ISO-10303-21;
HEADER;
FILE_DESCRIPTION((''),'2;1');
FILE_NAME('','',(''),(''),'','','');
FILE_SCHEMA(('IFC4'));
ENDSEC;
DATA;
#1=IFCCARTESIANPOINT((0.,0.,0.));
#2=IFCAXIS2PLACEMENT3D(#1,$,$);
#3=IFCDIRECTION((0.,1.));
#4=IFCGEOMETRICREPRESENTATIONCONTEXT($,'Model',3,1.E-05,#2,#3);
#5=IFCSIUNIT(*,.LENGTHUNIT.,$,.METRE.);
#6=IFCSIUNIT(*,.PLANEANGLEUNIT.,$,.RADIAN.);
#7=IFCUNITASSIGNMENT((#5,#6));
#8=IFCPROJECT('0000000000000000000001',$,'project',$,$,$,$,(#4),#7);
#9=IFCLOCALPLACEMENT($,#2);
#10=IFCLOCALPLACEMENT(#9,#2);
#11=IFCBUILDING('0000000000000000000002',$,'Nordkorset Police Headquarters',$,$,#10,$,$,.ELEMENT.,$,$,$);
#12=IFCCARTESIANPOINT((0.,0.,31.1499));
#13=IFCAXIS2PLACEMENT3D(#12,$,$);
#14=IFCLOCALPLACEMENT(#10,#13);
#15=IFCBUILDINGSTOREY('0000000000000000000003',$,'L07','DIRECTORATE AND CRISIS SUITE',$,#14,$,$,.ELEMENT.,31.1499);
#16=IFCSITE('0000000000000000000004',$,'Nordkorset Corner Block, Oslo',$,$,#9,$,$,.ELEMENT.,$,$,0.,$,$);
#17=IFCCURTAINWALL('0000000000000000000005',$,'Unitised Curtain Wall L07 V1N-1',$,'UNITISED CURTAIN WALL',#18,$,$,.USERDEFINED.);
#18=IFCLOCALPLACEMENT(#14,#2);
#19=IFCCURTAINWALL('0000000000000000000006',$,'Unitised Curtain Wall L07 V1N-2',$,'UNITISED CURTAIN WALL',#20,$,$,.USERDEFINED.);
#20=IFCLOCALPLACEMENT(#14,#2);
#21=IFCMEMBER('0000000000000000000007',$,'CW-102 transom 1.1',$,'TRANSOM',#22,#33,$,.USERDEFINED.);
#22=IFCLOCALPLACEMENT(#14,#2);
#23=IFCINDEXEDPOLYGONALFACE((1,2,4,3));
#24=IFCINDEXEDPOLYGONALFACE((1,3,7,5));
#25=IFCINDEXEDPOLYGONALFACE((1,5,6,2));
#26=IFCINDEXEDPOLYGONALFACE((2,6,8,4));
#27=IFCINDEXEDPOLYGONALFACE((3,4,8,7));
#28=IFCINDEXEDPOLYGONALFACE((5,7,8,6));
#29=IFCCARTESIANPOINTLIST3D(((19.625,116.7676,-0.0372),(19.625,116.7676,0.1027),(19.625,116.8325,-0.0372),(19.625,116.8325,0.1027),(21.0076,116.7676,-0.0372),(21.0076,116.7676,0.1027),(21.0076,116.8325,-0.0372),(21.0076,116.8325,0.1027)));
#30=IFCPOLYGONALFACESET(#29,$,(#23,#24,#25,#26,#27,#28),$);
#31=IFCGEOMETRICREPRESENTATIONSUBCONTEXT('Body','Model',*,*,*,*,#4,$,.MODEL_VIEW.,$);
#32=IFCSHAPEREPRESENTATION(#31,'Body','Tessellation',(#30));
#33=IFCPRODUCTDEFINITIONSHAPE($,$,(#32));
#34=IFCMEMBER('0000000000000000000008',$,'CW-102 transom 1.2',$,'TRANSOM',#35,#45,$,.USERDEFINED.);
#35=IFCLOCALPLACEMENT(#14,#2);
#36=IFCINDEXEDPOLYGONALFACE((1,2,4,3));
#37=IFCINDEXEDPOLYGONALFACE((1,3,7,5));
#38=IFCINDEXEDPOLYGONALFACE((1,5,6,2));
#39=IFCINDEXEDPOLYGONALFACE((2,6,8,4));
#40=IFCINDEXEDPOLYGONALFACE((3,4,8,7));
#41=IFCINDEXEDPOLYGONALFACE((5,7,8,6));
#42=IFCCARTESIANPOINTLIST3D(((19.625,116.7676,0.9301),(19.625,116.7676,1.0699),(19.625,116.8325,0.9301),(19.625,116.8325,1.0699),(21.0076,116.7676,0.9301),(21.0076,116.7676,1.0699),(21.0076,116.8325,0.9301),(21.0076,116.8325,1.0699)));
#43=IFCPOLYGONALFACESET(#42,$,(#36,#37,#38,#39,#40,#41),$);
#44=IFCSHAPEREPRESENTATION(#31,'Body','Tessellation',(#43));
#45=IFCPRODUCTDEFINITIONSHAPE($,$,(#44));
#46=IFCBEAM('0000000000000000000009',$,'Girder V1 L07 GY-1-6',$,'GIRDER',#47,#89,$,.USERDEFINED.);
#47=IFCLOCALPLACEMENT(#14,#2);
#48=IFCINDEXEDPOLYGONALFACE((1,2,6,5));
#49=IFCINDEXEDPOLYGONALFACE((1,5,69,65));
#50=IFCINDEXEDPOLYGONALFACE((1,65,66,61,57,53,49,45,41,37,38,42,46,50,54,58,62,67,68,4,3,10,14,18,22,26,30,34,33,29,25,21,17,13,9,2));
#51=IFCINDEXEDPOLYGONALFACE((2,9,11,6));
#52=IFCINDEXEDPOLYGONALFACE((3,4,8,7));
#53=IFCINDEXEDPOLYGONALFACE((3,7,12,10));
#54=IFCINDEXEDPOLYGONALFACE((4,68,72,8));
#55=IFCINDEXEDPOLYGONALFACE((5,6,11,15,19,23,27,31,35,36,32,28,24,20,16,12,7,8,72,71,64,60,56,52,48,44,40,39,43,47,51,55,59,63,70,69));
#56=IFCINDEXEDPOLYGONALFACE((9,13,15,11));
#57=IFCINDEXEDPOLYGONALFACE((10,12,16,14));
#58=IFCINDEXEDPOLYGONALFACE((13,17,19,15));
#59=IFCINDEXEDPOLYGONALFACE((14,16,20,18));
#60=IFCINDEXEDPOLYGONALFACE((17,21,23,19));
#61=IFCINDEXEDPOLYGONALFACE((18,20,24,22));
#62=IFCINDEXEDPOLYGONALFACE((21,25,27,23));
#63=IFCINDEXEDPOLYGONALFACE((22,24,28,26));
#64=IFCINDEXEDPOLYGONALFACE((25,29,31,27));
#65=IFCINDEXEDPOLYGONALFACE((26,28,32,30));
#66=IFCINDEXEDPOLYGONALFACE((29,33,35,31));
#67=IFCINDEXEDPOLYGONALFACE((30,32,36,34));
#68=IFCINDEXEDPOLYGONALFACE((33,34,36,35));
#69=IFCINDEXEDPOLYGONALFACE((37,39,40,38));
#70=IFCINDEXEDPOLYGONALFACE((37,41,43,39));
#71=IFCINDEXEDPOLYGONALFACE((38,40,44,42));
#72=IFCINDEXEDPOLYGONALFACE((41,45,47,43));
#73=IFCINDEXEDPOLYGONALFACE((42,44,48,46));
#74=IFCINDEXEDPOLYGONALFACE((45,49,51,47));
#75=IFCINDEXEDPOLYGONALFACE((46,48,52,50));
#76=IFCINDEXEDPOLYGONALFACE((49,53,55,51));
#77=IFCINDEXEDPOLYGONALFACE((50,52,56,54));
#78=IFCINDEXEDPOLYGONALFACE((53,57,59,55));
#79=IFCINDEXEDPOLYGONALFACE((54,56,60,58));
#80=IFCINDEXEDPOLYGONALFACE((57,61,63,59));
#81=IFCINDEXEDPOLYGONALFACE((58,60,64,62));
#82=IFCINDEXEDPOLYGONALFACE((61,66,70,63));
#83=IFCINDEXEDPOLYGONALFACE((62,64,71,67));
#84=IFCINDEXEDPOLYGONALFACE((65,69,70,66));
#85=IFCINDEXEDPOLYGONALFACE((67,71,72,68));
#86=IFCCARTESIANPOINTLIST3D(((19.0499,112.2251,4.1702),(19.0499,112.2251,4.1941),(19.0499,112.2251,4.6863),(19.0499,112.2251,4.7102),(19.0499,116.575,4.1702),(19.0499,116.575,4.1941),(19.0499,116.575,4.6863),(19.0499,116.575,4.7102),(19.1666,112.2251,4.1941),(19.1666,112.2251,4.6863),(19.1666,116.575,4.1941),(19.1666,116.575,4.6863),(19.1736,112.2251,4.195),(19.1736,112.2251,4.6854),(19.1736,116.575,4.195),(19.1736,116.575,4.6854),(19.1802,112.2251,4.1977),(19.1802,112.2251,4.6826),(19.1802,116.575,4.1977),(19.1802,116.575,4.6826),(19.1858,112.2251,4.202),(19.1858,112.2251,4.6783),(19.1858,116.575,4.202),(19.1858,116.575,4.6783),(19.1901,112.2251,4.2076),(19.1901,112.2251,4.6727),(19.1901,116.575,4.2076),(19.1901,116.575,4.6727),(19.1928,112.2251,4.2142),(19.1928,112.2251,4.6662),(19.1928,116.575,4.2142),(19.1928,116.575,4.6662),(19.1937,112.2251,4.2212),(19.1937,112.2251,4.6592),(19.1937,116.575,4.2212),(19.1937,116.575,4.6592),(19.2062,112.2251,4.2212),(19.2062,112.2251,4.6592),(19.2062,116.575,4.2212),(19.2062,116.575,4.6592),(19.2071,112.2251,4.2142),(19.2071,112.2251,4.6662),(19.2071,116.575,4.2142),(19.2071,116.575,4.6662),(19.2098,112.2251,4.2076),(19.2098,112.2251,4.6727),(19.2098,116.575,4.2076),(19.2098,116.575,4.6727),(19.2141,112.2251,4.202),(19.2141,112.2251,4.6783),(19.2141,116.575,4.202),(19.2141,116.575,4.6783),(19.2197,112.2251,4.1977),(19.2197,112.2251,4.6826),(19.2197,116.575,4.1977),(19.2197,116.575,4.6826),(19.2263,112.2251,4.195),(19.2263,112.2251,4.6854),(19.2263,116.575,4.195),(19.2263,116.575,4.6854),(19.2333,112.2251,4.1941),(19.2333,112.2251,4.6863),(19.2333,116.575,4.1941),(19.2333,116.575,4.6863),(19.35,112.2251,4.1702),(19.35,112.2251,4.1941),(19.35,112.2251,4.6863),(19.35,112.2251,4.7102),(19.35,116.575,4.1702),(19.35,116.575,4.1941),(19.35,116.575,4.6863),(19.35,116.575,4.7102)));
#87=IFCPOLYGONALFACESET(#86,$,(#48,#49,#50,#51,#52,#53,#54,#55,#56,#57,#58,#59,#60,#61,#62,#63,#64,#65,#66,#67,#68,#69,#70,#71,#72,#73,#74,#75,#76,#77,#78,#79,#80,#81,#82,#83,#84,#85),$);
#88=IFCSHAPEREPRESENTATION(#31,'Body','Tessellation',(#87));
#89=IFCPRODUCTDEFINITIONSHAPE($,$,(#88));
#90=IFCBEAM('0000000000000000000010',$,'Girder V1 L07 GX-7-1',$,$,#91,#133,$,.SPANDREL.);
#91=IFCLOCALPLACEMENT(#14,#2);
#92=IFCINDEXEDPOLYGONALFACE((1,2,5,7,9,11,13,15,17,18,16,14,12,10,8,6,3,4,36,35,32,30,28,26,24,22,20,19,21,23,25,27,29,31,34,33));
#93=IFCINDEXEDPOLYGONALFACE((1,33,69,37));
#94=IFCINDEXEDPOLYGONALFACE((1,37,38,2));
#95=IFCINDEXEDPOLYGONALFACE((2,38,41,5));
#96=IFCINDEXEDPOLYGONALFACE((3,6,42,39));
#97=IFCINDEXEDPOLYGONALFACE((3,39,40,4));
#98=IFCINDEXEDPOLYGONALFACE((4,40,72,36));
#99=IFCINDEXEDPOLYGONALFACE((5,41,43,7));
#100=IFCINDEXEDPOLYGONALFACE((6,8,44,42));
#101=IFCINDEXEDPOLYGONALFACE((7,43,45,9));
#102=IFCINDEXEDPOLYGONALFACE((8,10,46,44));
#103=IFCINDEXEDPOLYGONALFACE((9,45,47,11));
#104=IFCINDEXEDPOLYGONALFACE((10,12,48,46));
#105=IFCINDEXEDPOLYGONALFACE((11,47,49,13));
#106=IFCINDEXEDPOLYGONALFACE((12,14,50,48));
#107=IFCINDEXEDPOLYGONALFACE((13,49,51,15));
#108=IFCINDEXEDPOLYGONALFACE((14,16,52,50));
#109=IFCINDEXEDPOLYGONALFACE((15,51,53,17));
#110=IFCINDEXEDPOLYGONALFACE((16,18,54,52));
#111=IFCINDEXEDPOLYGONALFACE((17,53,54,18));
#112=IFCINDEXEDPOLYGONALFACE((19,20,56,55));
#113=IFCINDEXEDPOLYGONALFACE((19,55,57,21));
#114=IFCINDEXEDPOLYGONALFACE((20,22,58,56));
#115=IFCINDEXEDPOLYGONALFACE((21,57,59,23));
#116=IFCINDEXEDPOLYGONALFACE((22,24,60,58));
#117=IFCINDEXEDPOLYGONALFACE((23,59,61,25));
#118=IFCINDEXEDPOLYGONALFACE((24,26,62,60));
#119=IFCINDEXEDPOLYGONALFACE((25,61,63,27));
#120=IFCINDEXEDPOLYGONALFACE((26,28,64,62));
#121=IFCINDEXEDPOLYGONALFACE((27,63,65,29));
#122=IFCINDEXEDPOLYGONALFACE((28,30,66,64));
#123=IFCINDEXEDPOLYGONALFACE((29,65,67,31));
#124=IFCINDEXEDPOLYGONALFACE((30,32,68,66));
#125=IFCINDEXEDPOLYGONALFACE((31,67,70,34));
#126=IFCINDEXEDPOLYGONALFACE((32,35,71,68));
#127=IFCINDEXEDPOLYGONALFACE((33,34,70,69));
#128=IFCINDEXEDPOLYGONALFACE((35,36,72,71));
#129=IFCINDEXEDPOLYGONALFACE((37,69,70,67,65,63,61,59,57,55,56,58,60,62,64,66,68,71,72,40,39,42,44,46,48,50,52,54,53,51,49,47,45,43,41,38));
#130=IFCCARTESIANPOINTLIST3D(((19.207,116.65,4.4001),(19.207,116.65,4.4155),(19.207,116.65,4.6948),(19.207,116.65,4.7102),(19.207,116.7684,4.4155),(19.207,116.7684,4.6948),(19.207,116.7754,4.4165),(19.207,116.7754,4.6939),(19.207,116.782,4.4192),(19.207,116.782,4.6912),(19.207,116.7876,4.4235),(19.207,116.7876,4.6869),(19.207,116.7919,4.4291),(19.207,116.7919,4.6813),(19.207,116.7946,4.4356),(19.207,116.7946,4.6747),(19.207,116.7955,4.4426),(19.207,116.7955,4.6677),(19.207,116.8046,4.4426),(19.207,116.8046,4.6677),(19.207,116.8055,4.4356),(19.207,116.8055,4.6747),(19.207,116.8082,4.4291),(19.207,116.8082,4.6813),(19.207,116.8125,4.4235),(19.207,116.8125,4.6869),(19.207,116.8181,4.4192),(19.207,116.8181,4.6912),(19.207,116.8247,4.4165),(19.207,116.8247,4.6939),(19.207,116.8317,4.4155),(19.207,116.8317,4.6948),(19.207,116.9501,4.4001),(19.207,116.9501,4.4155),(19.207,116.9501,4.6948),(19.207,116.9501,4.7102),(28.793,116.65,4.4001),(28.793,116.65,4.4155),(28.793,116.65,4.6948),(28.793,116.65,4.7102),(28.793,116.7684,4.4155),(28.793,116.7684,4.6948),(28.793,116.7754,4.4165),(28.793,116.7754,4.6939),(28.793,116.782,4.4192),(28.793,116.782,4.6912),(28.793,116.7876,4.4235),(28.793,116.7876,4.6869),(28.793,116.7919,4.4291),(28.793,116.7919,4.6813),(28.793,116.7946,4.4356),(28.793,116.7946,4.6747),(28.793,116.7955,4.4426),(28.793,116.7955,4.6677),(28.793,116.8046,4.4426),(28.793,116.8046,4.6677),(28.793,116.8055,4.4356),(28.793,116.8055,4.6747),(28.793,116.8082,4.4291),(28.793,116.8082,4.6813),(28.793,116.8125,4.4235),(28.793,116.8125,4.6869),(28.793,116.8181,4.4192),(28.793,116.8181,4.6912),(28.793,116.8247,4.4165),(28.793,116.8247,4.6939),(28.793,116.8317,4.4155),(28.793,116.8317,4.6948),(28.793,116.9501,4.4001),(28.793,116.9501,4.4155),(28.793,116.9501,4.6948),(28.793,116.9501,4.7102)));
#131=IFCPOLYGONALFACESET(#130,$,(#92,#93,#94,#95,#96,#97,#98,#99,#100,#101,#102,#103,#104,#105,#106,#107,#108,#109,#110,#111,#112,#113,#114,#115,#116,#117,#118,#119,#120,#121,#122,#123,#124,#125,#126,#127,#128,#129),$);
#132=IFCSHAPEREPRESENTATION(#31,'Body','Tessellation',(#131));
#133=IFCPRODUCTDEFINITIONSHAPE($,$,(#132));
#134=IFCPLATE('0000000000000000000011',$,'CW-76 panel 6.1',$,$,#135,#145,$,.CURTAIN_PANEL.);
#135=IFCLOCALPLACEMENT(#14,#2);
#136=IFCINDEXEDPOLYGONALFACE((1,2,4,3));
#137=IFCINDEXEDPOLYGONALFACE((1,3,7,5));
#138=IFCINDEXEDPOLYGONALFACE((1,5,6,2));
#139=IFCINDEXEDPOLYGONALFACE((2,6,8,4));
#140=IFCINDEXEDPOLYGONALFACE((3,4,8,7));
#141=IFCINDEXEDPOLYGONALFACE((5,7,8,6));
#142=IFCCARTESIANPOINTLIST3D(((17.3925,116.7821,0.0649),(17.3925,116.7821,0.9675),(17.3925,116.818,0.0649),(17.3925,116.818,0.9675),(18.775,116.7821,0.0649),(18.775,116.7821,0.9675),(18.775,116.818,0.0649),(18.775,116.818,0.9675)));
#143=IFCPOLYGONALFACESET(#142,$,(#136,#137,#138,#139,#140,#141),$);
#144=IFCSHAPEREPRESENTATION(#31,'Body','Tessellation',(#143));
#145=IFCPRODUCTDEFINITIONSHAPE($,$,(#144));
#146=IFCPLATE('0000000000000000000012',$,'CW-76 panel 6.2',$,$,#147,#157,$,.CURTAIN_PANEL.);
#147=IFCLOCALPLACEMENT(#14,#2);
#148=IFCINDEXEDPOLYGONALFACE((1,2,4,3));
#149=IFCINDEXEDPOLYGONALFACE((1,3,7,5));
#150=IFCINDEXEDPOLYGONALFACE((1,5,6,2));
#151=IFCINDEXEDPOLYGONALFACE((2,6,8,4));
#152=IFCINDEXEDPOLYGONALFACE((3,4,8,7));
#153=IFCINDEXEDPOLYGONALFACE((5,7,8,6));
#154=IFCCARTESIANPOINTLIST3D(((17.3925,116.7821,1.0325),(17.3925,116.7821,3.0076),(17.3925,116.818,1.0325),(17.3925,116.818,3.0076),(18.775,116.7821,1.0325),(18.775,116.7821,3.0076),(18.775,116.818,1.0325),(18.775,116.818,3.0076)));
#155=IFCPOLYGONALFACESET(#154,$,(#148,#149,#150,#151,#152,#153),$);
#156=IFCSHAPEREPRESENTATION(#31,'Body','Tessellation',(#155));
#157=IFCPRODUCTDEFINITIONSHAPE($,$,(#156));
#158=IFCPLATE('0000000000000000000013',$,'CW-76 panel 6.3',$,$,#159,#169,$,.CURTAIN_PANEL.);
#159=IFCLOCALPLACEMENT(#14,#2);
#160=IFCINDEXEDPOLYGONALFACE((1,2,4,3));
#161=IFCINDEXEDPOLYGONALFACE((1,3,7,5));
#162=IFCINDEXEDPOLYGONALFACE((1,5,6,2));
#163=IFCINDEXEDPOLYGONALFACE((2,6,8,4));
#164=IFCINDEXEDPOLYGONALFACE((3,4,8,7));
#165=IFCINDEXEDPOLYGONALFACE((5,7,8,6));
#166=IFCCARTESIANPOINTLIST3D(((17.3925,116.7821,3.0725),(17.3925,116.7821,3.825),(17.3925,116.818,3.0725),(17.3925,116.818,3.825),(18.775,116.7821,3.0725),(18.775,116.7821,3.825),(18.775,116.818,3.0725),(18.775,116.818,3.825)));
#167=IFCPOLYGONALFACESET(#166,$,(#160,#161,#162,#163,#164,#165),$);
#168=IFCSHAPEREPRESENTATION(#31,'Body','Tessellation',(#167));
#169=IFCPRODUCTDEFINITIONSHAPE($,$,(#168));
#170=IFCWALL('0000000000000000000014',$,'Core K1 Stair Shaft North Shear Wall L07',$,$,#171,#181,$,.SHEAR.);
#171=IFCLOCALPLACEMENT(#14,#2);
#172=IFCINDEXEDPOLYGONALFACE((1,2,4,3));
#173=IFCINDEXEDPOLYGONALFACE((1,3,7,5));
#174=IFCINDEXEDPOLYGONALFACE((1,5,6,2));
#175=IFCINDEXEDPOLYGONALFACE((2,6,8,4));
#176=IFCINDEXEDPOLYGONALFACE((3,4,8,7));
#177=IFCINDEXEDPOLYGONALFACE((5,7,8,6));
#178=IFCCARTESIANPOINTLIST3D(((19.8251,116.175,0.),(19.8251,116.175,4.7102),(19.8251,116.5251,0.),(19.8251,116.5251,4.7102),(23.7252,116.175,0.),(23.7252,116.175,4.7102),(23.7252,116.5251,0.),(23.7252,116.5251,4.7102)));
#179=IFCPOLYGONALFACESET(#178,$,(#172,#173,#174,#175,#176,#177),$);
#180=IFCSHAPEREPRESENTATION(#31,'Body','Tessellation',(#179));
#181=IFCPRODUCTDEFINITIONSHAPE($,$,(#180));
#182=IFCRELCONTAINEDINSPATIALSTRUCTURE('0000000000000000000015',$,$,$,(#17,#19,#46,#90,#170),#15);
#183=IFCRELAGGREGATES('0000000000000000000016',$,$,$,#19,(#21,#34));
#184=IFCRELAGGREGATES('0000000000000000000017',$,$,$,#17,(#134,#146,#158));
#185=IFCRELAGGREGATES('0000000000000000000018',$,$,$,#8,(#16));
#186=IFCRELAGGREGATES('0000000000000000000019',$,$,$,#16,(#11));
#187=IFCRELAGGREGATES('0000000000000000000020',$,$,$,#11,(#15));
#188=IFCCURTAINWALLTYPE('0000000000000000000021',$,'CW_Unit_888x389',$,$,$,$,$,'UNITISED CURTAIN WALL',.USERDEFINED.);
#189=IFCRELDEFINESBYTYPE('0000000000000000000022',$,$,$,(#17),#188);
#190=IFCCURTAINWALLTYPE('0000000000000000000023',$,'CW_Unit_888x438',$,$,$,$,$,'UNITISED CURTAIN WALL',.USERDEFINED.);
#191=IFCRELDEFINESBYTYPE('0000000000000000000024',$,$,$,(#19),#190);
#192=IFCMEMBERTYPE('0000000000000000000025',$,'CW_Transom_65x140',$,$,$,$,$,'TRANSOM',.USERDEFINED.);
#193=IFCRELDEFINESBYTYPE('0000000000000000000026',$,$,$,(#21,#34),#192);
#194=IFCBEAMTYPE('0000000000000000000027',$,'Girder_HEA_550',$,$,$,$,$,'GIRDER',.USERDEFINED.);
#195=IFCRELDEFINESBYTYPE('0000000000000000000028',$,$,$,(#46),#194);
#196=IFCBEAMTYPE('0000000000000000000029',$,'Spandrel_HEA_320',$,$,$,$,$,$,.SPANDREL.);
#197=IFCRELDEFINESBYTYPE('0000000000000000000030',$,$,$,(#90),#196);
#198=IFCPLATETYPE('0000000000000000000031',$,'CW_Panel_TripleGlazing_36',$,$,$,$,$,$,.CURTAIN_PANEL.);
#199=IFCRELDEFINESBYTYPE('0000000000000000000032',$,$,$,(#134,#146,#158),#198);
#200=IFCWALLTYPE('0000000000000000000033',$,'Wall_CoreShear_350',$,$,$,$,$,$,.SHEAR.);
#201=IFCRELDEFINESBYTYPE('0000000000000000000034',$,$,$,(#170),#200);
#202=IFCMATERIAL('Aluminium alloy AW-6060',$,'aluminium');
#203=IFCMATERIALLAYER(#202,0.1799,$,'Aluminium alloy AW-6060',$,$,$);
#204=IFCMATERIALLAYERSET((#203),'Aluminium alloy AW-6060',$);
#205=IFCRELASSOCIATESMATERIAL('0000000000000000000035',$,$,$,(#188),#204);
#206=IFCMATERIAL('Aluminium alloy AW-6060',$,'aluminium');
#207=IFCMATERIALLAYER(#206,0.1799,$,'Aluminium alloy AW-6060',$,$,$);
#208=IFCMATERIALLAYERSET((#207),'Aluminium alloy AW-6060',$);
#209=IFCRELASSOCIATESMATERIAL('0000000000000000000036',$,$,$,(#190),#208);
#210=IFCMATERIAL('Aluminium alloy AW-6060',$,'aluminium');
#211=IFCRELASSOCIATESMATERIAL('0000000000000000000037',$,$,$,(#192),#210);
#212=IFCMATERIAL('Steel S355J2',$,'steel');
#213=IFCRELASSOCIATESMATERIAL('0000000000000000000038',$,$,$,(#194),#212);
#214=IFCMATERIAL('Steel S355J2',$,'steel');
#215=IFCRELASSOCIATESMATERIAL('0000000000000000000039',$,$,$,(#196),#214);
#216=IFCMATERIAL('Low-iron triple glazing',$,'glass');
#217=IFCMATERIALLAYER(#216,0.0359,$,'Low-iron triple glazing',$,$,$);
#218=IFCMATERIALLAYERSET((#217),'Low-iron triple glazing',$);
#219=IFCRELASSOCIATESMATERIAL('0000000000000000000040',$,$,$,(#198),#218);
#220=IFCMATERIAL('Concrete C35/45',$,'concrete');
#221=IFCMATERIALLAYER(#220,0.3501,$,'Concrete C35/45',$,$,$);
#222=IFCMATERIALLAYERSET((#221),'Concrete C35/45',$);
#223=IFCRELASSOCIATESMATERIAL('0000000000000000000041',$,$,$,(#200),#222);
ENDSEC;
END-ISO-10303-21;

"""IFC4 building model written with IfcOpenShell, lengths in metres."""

from ifc_helpers import new_model, si_unit, direction, frame, frame_2d, origin, origin_2d, place, context, subcontext, project, spatial, rectangle, i_section, extrude, material, layer, layer_set, material_profile, profile_set, type_object, element, aggregate, save


model = new_model("IFC4")

# Units and contexts
model_context = context("Model", 3, precision=1e-05, world=origin(), true_north=direction((0.0, 1.0)))
body_context = subcontext(model_context, "Body", "Model", "MODEL_VIEW")
ifc_project = project(units=[si_unit("LENGTHUNIT", "METRE"), si_unit("PLANEANGLEUNIT", "RADIAN")], contexts=[model_context])

# Site, building, storey
site_placement = place(None, origin())
site = spatial("IfcSite", under=ifc_project, at=site_placement, Name="Nordkorset Corner Block, Oslo", CompositionType="ELEMENT", RefElevation=0.0)
building_placement = place(site_placement, origin())
building = spatial("IfcBuilding", under=site, at=building_placement, Name="Nordkorset Police Headquarters", CompositionType="ELEMENT")
storey_placement = place(building_placement, frame((0.0, 0.0, 31.1499)))
storey = spatial("IfcBuildingStorey", under=building, at=storey_placement, Name="L07", Description="DIRECTORATE AND CRISIS SUITE", CompositionType="ELEMENT", Elevation=31.1499)

# Curtain wall
ifc_material_1 = material(Name="Aluminium alloy AW-6060", Category="aluminium")
ifc_layer_1 = layer(ifc_material_1, 0.1799, Name="Aluminium alloy AW-6060")
ifc_layer_set_1 = layer_set([ifc_layer_1], Name="Aluminium alloy AW-6060")
curtain_wall_type_1 = type_object("IfcCurtainWallType", Name="CW_Unit_888x389", ElementType="UNITISED CURTAIN WALL", PredefinedType="USERDEFINED", material=ifc_layer_set_1)
curtain_wall_1_placement = place(storey_placement, origin())
curtain_wall_1 = element("IfcCurtainWall", 1, at=curtain_wall_1_placement, inside=storey, type_object=curtain_wall_type_1, Name="Unitised Curtain Wall L07 V1N-1", ObjectType="UNITISED CURTAIN WALL", PredefinedType="USERDEFINED")

# Curtain wall
ifc_material_2 = material(Name="Aluminium alloy AW-6060", Category="aluminium")
ifc_layer_2 = layer(ifc_material_2, 0.1799, Name="Aluminium alloy AW-6060")
ifc_layer_set_2 = layer_set([ifc_layer_2], Name="Aluminium alloy AW-6060")
curtain_wall_type_2 = type_object("IfcCurtainWallType", Name="CW_Unit_888x438", ElementType="UNITISED CURTAIN WALL", PredefinedType="USERDEFINED", material=ifc_layer_set_2)
curtain_wall_2_placement = place(storey_placement, origin())
curtain_wall_2 = element("IfcCurtainWall", 2, at=curtain_wall_2_placement, inside=storey, type_object=curtain_wall_type_2, Name="Unitised Curtain Wall L07 V1N-2", ObjectType="UNITISED CURTAIN WALL", PredefinedType="USERDEFINED")

# Members
ifc_material_3 = material(Name="Aluminium alloy AW-6060", Category="aluminium")
ifc_material_profile_1 = material_profile(ifc_material_3, rectangle(XDim=0.0649, YDim=0.1399, at=origin_2d()), Name="ALU TRAN 65x140")
ifc_profile_set_1 = profile_set([ifc_material_profile_1], Name="Aluminium alloy AW-6060")
member_type_1 = type_object("IfcMemberType", Name="CW_Transom_65x140", ElementType="TRANSOM", PredefinedType="USERDEFINED", material=ifc_profile_set_1)
member_1_placement = place(storey_placement, frame((19.625, 116.8, 0.0327), z_axis=(1.0, 0.0, 0.0), x_axis=(0.0, 1.0, 0.0)))
member_1 = element("IfcMember", 3, at=member_1_placement, type_object=member_type_1, Name="CW-102 transom 1.1", ObjectType="TRANSOM", PredefinedType="USERDEFINED", context=body_context, shape_type="SweptSolid", body=[
    extrude(rectangle(XDim=0.0649, YDim=0.1399, at=origin_2d()), origin(), (0.0, 0.0, 1.0), 1.3826),
])
member_2_placement = place(storey_placement, frame((19.625, 116.8, 1.0), z_axis=(1.0, 0.0, 0.0), x_axis=(0.0, 1.0, 0.0)))
member_2 = element("IfcMember", 4, at=member_2_placement, type_object=member_type_1, Name="CW-102 transom 1.2", ObjectType="TRANSOM", PredefinedType="USERDEFINED", context=body_context, shape_type="SweptSolid", body=[
    extrude(rectangle(XDim=0.0649, YDim=0.1399, at=origin_2d()), origin(), (0.0, 0.0, 1.0), 1.3826),
])
aggregate(curtain_wall_2, [member_1, member_2])

# Beams
ifc_material_4 = material(Name="Steel S355J2", Category="steel")
ifc_material_profile_2 = material_profile(ifc_material_4, i_section(OverallWidth=0.3, OverallDepth=0.54, WebThickness=0.0125, FlangeThickness=0.0239, FilletRadius=0.0271, at=origin_2d()), Name="HEA 550")
ifc_profile_set_2 = profile_set([ifc_material_profile_2], Name="Steel S355J2")
beam_type_1 = type_object("IfcBeamType", Name="Girder_HEA_550", ElementType="GIRDER", PredefinedType="USERDEFINED", material=ifc_profile_set_2)
beam_1_placement = place(storey_placement, frame((19.2, 112.2251, 4.4402), z_axis=(0.0, 1.0, 0.0), x_axis=(-1.0, 0.0, 0.0)))
element("IfcBeam", 5, at=beam_1_placement, inside=storey, type_object=beam_type_1, Name="Girder V1 L07 GY-1-6", ObjectType="GIRDER", PredefinedType="USERDEFINED", context=body_context, shape_type="SweptSolid", body=[
    extrude(i_section(OverallWidth=0.3, OverallDepth=0.54, WebThickness=0.0125, FlangeThickness=0.0239, FilletRadius=0.0271, at=origin_2d()), origin(), (0.0, 0.0, 1.0), 4.3499),
])
ifc_material_5 = material(Name="Steel S355J2", Category="steel")
ifc_material_profile_3 = material_profile(ifc_material_5, i_section(OverallWidth=0.3, OverallDepth=0.3101, WebThickness=0.009, FlangeThickness=0.0154, FilletRadius=0.0271, at=origin_2d()), Name="HEA 320")
ifc_profile_set_3 = profile_set([ifc_material_profile_3], Name="Steel S355J2")
beam_type_2 = type_object("IfcBeamType", Name="Spandrel_HEA_320", PredefinedType="SPANDREL", material=ifc_profile_set_3)
beam_2_placement = place(storey_placement, frame((19.207, 116.8, 4.5552), z_axis=(1.0, 0.0, 0.0), x_axis=(0.0, 1.0, 0.0)))
element("IfcBeam", 6, at=beam_2_placement, inside=storey, type_object=beam_type_2, Name="Girder V1 L07 GX-7-1", PredefinedType="SPANDREL", context=body_context, shape_type="SweptSolid", body=[
    extrude(i_section(OverallWidth=0.3, OverallDepth=0.3101, WebThickness=0.009, FlangeThickness=0.0154, FilletRadius=0.0271, at=origin_2d()), origin(), (0.0, 0.0, 1.0), 9.5859),
])

# Plates
ifc_material_6 = material(Name="Low-iron triple glazing", Category="glass")
ifc_layer_3 = layer(ifc_material_6, 0.0359, Name="Low-iron triple glazing")
ifc_layer_set_3 = layer_set([ifc_layer_3], Name="Low-iron triple glazing")
plate_type = type_object("IfcPlateType", Name="CW_Panel_TripleGlazing_36", PredefinedType="CURTAIN_PANEL", material=ifc_layer_set_3)
plate_1_placement = place(storey_placement, frame((18.0837, 116.8, 0.0649), z_axis=(0.0, 0.0, 1.0), x_axis=(1.0, 0.0, 0.0)))
plate_1 = element("IfcPlate", 7, at=plate_1_placement, type_object=plate_type, Name="CW-76 panel 6.1", PredefinedType="CURTAIN_PANEL", context=body_context, shape_type="SweptSolid", body=[
    extrude(rectangle(XDim=1.3826, YDim=0.0359, at=origin_2d()), origin(), (0.0, 0.0, 1.0), 0.9026),
])
plate_2_placement = place(storey_placement, frame((18.0837, 116.8, 1.0325), z_axis=(0.0, 0.0, 1.0), x_axis=(1.0, 0.0, 0.0)))
plate_2 = element("IfcPlate", 8, at=plate_2_placement, type_object=plate_type, Name="CW-76 panel 6.2", PredefinedType="CURTAIN_PANEL", context=body_context, shape_type="SweptSolid", body=[
    extrude(rectangle(XDim=1.3826, YDim=0.0359, at=origin_2d()), origin(), (0.0, 0.0, 1.0), 1.9751),
])
plate_3_placement = place(storey_placement, frame((18.0837, 116.8, 3.0725), z_axis=(0.0, 0.0, 1.0), x_axis=(1.0, 0.0, 0.0)))
plate_3 = element("IfcPlate", 9, at=plate_3_placement, type_object=plate_type, Name="CW-76 panel 6.3", PredefinedType="CURTAIN_PANEL", context=body_context, shape_type="SweptSolid", body=[
    extrude(rectangle(XDim=1.3826, YDim=0.0359, at=origin_2d()), origin(), (0.0, 0.0, 1.0), 0.7524),
])
aggregate(curtain_wall_1, [plate_1, plate_2, plate_3])

# Shared definitions
ifc_material_7 = material(Name="Concrete C35/45", Category="concrete")
ifc_layer_4 = layer(ifc_material_7, 0.3501, Name="Concrete C35/45")
ifc_layer_set_4 = layer_set([ifc_layer_4], Name="Concrete C35/45")
wall_type_1 = type_object("IfcWallType", Name="Wall_CoreShear_350", PredefinedType="SHEAR", material=ifc_layer_set_4)

# Wall
wall_1_placement = place(storey_placement, frame((19.825, 116.3501, 0.0), z_axis=(0.0, 0.0, 1.0), x_axis=(1.0, 0.0, 0.0)))
element("IfcWall", 10, at=wall_1_placement, inside=storey, type_object=wall_type_1, Name="Core K1 Stair Shaft North Shear Wall L07", PredefinedType="SHEAR", context=body_context, shape_type="SweptSolid", body=[
    extrude(rectangle(XDim=3.9001, YDim=0.3501, at=frame_2d((1.9502, 0.0))), origin(), (0.0, 0.0, 1.0), 4.7102),
])

save(model, "model.ifc")
